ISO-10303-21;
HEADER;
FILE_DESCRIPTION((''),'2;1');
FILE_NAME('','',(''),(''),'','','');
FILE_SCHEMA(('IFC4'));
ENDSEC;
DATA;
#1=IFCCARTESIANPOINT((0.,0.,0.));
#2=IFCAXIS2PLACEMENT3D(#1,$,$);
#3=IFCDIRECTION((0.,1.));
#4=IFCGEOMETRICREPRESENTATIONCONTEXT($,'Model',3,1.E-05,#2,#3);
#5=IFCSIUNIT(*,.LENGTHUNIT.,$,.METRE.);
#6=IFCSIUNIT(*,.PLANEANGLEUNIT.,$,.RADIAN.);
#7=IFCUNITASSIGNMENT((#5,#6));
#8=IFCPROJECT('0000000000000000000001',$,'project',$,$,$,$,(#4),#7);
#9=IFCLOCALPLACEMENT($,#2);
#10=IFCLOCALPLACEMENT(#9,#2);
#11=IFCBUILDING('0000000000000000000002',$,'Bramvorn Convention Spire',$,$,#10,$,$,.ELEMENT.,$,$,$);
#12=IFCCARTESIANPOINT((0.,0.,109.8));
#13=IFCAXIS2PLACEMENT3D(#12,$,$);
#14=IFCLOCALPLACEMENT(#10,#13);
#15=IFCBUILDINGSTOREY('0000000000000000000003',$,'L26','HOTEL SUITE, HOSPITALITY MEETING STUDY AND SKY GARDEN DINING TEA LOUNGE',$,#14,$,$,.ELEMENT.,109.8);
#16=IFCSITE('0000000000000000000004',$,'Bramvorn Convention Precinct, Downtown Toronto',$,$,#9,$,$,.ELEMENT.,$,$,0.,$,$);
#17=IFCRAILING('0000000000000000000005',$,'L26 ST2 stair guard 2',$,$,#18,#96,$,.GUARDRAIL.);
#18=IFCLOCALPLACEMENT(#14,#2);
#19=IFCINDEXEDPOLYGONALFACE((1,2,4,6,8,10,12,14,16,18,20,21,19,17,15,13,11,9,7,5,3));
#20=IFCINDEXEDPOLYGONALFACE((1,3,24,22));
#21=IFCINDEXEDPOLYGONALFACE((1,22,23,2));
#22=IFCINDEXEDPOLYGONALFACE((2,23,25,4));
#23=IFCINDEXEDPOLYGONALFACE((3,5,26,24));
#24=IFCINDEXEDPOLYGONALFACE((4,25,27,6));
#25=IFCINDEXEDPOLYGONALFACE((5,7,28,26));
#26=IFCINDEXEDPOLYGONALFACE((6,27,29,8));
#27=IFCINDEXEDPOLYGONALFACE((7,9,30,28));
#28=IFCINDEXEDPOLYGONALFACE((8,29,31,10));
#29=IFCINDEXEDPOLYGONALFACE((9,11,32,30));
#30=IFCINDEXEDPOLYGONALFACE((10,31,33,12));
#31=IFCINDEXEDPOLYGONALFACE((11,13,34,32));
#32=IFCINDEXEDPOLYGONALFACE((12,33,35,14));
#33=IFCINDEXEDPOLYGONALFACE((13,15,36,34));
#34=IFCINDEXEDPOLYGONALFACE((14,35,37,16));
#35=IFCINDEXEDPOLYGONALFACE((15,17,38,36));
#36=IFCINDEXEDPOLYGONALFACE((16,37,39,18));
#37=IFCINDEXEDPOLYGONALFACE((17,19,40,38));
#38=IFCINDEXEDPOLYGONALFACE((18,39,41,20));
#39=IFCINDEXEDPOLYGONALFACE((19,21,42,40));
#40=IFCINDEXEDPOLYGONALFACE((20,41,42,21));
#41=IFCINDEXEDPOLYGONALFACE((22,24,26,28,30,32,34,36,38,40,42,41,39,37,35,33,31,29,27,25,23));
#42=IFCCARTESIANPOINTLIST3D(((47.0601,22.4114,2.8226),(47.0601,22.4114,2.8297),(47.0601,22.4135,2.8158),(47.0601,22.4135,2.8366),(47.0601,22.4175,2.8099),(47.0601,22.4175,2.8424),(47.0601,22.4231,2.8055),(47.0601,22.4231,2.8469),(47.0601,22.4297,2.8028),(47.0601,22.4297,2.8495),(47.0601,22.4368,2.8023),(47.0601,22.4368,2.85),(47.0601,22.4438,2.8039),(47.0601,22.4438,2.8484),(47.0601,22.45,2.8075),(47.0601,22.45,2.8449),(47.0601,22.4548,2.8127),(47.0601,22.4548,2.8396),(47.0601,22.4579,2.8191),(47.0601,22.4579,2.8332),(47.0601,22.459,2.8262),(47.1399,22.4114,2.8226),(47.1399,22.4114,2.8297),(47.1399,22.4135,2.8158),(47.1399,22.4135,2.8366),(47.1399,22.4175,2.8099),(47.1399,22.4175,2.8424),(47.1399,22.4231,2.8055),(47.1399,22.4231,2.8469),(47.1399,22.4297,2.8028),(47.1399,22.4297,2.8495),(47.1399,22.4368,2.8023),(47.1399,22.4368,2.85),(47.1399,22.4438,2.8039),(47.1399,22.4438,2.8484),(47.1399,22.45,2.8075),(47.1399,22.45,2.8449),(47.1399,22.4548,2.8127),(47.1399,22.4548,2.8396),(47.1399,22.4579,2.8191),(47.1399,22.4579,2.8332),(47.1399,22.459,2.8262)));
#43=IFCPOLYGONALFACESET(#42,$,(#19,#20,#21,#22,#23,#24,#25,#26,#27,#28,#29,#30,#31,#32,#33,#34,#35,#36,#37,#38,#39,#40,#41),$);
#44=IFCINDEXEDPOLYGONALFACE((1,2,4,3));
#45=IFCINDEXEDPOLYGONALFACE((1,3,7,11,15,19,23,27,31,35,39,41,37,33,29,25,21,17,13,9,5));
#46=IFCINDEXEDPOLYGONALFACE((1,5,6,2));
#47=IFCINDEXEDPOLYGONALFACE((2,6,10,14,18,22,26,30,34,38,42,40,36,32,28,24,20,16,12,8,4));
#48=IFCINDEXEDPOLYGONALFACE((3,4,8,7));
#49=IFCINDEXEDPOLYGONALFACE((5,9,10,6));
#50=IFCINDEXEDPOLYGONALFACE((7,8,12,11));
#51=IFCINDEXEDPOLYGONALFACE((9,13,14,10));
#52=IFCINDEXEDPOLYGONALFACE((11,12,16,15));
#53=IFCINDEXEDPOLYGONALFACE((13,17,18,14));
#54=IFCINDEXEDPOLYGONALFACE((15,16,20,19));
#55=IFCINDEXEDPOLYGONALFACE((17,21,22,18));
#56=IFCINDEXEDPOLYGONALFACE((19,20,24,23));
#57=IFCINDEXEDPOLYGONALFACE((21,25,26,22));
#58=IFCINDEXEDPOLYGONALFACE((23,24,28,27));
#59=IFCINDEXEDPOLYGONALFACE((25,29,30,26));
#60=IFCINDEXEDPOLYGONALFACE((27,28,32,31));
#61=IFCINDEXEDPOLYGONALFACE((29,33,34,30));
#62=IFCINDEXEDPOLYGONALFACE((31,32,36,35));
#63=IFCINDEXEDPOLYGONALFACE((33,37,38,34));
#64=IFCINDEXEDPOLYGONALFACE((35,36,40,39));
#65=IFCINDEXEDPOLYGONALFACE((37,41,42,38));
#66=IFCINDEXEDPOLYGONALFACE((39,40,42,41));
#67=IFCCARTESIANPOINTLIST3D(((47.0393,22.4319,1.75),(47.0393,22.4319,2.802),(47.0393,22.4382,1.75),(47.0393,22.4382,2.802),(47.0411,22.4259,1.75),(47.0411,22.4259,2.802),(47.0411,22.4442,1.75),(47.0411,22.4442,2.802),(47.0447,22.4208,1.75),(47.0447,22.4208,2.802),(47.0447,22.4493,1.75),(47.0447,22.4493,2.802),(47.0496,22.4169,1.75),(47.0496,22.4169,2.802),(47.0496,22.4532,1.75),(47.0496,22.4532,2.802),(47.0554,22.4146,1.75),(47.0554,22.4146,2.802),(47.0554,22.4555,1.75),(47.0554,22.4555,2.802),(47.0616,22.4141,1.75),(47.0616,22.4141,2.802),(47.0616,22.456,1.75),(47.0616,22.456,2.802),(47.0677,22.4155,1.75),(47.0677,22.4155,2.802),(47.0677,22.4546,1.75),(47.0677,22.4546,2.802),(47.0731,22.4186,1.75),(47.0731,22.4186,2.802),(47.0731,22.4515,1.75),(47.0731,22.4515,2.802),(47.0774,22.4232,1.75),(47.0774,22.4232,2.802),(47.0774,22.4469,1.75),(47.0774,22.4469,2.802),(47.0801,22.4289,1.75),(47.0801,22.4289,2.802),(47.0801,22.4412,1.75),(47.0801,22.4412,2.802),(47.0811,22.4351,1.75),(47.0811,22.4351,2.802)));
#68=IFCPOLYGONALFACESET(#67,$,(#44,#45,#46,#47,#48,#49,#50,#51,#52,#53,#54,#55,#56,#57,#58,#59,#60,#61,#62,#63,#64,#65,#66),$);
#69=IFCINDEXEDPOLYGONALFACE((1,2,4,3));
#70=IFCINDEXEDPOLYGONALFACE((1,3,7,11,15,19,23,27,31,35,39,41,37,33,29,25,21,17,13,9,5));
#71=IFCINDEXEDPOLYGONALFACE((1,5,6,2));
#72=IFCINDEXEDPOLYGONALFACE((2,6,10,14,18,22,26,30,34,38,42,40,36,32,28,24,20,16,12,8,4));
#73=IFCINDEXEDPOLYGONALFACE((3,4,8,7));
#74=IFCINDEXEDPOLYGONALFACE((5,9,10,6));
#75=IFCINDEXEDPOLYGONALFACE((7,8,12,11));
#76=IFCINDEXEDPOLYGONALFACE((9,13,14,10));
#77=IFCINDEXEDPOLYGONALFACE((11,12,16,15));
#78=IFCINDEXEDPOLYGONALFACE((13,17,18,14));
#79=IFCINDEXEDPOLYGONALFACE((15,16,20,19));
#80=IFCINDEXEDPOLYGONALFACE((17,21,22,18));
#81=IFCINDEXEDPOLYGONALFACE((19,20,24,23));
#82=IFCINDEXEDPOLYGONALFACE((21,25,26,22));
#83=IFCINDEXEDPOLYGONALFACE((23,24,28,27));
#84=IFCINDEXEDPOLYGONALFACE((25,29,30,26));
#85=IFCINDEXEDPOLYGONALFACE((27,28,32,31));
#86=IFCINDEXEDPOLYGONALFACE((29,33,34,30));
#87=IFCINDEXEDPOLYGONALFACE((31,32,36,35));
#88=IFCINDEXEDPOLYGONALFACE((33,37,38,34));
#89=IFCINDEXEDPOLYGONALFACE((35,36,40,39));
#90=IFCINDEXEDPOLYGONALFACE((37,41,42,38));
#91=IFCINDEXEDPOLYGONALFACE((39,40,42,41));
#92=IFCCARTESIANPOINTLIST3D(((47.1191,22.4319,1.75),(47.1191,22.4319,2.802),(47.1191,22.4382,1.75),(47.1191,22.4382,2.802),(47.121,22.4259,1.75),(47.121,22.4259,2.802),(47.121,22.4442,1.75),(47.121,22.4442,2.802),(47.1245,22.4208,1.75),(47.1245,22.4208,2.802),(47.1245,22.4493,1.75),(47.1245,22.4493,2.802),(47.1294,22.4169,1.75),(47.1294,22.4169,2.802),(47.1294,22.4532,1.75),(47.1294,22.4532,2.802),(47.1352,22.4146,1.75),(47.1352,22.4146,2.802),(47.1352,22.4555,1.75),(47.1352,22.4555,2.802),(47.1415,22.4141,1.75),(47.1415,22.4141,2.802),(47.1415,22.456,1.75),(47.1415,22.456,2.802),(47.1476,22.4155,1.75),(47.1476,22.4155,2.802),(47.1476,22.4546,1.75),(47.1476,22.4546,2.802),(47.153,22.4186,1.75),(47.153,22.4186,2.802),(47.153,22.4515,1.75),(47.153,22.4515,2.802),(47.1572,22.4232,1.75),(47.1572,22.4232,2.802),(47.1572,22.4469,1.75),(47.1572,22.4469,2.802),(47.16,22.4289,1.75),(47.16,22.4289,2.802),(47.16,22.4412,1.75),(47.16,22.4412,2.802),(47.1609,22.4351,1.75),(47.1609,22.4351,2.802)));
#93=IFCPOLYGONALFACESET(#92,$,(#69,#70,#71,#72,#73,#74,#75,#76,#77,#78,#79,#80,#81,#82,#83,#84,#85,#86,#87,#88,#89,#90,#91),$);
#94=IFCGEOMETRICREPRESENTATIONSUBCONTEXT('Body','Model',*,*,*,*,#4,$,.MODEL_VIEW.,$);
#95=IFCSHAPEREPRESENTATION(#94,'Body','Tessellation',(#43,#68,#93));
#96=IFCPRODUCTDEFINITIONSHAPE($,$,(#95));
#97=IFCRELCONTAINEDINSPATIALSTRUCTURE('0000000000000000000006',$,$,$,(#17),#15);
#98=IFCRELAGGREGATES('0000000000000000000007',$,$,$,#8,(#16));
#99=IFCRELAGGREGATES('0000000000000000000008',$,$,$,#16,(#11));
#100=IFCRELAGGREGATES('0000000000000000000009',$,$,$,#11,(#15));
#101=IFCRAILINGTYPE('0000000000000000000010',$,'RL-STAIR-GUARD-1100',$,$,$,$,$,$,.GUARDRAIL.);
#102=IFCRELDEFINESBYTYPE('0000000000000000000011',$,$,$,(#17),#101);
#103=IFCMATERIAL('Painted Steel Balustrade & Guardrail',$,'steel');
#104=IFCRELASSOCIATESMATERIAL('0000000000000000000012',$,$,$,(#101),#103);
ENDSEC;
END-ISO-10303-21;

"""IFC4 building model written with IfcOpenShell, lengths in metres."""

from ifc_helpers import new_model, si_unit, direction, frame, origin, origin_2d, place, context, subcontext, project, spatial, circle, extrude, material, type_object, element, save


model = new_model("IFC4")

# Units and contexts
model_context = context("Model", 3, precision=1e-05, world=origin(), true_north=direction((0.0, 1.0)))
body_context = subcontext(model_context, "Body", "Model", "MODEL_VIEW")
ifc_project = project(units=[si_unit("LENGTHUNIT", "METRE"), si_unit("PLANEANGLEUNIT", "RADIAN")], contexts=[model_context])

# Site, building, storey
site_placement = place(None, origin())
site = spatial("IfcSite", under=ifc_project, at=site_placement, Name="Bramvorn Convention Precinct, Downtown Toronto", CompositionType="ELEMENT", RefElevation=0.0)
building_placement = place(site_placement, origin())
building = spatial("IfcBuilding", under=site, at=building_placement, Name="Bramvorn Convention Spire", CompositionType="ELEMENT")
storey_placement = place(building_placement, frame((0.0, 0.0, 109.8)))
storey = spatial("IfcBuildingStorey", under=building, at=storey_placement, Name="L26", Description="HOTEL SUITE, HOSPITALITY MEETING STUDY AND SKY GARDEN DINING TEA LOUNGE", CompositionType="ELEMENT", Elevation=109.8)

# Railing
ifc_material_1 = material(Name="Painted Steel Balustrade & Guardrail", Category="steel")
railing_type_1 = type_object("IfcRailingType", Name="RL-STAIR-GUARD-1100", PredefinedType="GUARDRAIL", material=ifc_material_1)
railing_1_placement = place(storey_placement, frame((47.0601, 22.4351, 1.75)))
element("IfcRailing", 1, at=railing_1_placement, inside=storey, type_object=railing_type_1, Name="L26 ST2 stair guard 2", PredefinedType="GUARDRAIL", context=body_context, shape_type="SweptSolid", body=[
    extrude(circle(Radius=0.0239, at=origin_2d()), frame((0.0, 0.0, 1.0762), z_axis=(1.0, 0.0, 0.0), x_axis=(0.0, 1.0, 0.0)), (0.0, 0.0, 1.0), 0.0798),
    extrude(circle(Radius=0.021, at=origin_2d()), origin(), (0.0, 0.0, 1.0), 1.052),
    extrude(circle(Radius=0.021, at=origin_2d()), frame((0.0798, 0.0, 0.0)), (0.0, 0.0, 1.0), 1.052),
])

save(model, "model.ifc")
